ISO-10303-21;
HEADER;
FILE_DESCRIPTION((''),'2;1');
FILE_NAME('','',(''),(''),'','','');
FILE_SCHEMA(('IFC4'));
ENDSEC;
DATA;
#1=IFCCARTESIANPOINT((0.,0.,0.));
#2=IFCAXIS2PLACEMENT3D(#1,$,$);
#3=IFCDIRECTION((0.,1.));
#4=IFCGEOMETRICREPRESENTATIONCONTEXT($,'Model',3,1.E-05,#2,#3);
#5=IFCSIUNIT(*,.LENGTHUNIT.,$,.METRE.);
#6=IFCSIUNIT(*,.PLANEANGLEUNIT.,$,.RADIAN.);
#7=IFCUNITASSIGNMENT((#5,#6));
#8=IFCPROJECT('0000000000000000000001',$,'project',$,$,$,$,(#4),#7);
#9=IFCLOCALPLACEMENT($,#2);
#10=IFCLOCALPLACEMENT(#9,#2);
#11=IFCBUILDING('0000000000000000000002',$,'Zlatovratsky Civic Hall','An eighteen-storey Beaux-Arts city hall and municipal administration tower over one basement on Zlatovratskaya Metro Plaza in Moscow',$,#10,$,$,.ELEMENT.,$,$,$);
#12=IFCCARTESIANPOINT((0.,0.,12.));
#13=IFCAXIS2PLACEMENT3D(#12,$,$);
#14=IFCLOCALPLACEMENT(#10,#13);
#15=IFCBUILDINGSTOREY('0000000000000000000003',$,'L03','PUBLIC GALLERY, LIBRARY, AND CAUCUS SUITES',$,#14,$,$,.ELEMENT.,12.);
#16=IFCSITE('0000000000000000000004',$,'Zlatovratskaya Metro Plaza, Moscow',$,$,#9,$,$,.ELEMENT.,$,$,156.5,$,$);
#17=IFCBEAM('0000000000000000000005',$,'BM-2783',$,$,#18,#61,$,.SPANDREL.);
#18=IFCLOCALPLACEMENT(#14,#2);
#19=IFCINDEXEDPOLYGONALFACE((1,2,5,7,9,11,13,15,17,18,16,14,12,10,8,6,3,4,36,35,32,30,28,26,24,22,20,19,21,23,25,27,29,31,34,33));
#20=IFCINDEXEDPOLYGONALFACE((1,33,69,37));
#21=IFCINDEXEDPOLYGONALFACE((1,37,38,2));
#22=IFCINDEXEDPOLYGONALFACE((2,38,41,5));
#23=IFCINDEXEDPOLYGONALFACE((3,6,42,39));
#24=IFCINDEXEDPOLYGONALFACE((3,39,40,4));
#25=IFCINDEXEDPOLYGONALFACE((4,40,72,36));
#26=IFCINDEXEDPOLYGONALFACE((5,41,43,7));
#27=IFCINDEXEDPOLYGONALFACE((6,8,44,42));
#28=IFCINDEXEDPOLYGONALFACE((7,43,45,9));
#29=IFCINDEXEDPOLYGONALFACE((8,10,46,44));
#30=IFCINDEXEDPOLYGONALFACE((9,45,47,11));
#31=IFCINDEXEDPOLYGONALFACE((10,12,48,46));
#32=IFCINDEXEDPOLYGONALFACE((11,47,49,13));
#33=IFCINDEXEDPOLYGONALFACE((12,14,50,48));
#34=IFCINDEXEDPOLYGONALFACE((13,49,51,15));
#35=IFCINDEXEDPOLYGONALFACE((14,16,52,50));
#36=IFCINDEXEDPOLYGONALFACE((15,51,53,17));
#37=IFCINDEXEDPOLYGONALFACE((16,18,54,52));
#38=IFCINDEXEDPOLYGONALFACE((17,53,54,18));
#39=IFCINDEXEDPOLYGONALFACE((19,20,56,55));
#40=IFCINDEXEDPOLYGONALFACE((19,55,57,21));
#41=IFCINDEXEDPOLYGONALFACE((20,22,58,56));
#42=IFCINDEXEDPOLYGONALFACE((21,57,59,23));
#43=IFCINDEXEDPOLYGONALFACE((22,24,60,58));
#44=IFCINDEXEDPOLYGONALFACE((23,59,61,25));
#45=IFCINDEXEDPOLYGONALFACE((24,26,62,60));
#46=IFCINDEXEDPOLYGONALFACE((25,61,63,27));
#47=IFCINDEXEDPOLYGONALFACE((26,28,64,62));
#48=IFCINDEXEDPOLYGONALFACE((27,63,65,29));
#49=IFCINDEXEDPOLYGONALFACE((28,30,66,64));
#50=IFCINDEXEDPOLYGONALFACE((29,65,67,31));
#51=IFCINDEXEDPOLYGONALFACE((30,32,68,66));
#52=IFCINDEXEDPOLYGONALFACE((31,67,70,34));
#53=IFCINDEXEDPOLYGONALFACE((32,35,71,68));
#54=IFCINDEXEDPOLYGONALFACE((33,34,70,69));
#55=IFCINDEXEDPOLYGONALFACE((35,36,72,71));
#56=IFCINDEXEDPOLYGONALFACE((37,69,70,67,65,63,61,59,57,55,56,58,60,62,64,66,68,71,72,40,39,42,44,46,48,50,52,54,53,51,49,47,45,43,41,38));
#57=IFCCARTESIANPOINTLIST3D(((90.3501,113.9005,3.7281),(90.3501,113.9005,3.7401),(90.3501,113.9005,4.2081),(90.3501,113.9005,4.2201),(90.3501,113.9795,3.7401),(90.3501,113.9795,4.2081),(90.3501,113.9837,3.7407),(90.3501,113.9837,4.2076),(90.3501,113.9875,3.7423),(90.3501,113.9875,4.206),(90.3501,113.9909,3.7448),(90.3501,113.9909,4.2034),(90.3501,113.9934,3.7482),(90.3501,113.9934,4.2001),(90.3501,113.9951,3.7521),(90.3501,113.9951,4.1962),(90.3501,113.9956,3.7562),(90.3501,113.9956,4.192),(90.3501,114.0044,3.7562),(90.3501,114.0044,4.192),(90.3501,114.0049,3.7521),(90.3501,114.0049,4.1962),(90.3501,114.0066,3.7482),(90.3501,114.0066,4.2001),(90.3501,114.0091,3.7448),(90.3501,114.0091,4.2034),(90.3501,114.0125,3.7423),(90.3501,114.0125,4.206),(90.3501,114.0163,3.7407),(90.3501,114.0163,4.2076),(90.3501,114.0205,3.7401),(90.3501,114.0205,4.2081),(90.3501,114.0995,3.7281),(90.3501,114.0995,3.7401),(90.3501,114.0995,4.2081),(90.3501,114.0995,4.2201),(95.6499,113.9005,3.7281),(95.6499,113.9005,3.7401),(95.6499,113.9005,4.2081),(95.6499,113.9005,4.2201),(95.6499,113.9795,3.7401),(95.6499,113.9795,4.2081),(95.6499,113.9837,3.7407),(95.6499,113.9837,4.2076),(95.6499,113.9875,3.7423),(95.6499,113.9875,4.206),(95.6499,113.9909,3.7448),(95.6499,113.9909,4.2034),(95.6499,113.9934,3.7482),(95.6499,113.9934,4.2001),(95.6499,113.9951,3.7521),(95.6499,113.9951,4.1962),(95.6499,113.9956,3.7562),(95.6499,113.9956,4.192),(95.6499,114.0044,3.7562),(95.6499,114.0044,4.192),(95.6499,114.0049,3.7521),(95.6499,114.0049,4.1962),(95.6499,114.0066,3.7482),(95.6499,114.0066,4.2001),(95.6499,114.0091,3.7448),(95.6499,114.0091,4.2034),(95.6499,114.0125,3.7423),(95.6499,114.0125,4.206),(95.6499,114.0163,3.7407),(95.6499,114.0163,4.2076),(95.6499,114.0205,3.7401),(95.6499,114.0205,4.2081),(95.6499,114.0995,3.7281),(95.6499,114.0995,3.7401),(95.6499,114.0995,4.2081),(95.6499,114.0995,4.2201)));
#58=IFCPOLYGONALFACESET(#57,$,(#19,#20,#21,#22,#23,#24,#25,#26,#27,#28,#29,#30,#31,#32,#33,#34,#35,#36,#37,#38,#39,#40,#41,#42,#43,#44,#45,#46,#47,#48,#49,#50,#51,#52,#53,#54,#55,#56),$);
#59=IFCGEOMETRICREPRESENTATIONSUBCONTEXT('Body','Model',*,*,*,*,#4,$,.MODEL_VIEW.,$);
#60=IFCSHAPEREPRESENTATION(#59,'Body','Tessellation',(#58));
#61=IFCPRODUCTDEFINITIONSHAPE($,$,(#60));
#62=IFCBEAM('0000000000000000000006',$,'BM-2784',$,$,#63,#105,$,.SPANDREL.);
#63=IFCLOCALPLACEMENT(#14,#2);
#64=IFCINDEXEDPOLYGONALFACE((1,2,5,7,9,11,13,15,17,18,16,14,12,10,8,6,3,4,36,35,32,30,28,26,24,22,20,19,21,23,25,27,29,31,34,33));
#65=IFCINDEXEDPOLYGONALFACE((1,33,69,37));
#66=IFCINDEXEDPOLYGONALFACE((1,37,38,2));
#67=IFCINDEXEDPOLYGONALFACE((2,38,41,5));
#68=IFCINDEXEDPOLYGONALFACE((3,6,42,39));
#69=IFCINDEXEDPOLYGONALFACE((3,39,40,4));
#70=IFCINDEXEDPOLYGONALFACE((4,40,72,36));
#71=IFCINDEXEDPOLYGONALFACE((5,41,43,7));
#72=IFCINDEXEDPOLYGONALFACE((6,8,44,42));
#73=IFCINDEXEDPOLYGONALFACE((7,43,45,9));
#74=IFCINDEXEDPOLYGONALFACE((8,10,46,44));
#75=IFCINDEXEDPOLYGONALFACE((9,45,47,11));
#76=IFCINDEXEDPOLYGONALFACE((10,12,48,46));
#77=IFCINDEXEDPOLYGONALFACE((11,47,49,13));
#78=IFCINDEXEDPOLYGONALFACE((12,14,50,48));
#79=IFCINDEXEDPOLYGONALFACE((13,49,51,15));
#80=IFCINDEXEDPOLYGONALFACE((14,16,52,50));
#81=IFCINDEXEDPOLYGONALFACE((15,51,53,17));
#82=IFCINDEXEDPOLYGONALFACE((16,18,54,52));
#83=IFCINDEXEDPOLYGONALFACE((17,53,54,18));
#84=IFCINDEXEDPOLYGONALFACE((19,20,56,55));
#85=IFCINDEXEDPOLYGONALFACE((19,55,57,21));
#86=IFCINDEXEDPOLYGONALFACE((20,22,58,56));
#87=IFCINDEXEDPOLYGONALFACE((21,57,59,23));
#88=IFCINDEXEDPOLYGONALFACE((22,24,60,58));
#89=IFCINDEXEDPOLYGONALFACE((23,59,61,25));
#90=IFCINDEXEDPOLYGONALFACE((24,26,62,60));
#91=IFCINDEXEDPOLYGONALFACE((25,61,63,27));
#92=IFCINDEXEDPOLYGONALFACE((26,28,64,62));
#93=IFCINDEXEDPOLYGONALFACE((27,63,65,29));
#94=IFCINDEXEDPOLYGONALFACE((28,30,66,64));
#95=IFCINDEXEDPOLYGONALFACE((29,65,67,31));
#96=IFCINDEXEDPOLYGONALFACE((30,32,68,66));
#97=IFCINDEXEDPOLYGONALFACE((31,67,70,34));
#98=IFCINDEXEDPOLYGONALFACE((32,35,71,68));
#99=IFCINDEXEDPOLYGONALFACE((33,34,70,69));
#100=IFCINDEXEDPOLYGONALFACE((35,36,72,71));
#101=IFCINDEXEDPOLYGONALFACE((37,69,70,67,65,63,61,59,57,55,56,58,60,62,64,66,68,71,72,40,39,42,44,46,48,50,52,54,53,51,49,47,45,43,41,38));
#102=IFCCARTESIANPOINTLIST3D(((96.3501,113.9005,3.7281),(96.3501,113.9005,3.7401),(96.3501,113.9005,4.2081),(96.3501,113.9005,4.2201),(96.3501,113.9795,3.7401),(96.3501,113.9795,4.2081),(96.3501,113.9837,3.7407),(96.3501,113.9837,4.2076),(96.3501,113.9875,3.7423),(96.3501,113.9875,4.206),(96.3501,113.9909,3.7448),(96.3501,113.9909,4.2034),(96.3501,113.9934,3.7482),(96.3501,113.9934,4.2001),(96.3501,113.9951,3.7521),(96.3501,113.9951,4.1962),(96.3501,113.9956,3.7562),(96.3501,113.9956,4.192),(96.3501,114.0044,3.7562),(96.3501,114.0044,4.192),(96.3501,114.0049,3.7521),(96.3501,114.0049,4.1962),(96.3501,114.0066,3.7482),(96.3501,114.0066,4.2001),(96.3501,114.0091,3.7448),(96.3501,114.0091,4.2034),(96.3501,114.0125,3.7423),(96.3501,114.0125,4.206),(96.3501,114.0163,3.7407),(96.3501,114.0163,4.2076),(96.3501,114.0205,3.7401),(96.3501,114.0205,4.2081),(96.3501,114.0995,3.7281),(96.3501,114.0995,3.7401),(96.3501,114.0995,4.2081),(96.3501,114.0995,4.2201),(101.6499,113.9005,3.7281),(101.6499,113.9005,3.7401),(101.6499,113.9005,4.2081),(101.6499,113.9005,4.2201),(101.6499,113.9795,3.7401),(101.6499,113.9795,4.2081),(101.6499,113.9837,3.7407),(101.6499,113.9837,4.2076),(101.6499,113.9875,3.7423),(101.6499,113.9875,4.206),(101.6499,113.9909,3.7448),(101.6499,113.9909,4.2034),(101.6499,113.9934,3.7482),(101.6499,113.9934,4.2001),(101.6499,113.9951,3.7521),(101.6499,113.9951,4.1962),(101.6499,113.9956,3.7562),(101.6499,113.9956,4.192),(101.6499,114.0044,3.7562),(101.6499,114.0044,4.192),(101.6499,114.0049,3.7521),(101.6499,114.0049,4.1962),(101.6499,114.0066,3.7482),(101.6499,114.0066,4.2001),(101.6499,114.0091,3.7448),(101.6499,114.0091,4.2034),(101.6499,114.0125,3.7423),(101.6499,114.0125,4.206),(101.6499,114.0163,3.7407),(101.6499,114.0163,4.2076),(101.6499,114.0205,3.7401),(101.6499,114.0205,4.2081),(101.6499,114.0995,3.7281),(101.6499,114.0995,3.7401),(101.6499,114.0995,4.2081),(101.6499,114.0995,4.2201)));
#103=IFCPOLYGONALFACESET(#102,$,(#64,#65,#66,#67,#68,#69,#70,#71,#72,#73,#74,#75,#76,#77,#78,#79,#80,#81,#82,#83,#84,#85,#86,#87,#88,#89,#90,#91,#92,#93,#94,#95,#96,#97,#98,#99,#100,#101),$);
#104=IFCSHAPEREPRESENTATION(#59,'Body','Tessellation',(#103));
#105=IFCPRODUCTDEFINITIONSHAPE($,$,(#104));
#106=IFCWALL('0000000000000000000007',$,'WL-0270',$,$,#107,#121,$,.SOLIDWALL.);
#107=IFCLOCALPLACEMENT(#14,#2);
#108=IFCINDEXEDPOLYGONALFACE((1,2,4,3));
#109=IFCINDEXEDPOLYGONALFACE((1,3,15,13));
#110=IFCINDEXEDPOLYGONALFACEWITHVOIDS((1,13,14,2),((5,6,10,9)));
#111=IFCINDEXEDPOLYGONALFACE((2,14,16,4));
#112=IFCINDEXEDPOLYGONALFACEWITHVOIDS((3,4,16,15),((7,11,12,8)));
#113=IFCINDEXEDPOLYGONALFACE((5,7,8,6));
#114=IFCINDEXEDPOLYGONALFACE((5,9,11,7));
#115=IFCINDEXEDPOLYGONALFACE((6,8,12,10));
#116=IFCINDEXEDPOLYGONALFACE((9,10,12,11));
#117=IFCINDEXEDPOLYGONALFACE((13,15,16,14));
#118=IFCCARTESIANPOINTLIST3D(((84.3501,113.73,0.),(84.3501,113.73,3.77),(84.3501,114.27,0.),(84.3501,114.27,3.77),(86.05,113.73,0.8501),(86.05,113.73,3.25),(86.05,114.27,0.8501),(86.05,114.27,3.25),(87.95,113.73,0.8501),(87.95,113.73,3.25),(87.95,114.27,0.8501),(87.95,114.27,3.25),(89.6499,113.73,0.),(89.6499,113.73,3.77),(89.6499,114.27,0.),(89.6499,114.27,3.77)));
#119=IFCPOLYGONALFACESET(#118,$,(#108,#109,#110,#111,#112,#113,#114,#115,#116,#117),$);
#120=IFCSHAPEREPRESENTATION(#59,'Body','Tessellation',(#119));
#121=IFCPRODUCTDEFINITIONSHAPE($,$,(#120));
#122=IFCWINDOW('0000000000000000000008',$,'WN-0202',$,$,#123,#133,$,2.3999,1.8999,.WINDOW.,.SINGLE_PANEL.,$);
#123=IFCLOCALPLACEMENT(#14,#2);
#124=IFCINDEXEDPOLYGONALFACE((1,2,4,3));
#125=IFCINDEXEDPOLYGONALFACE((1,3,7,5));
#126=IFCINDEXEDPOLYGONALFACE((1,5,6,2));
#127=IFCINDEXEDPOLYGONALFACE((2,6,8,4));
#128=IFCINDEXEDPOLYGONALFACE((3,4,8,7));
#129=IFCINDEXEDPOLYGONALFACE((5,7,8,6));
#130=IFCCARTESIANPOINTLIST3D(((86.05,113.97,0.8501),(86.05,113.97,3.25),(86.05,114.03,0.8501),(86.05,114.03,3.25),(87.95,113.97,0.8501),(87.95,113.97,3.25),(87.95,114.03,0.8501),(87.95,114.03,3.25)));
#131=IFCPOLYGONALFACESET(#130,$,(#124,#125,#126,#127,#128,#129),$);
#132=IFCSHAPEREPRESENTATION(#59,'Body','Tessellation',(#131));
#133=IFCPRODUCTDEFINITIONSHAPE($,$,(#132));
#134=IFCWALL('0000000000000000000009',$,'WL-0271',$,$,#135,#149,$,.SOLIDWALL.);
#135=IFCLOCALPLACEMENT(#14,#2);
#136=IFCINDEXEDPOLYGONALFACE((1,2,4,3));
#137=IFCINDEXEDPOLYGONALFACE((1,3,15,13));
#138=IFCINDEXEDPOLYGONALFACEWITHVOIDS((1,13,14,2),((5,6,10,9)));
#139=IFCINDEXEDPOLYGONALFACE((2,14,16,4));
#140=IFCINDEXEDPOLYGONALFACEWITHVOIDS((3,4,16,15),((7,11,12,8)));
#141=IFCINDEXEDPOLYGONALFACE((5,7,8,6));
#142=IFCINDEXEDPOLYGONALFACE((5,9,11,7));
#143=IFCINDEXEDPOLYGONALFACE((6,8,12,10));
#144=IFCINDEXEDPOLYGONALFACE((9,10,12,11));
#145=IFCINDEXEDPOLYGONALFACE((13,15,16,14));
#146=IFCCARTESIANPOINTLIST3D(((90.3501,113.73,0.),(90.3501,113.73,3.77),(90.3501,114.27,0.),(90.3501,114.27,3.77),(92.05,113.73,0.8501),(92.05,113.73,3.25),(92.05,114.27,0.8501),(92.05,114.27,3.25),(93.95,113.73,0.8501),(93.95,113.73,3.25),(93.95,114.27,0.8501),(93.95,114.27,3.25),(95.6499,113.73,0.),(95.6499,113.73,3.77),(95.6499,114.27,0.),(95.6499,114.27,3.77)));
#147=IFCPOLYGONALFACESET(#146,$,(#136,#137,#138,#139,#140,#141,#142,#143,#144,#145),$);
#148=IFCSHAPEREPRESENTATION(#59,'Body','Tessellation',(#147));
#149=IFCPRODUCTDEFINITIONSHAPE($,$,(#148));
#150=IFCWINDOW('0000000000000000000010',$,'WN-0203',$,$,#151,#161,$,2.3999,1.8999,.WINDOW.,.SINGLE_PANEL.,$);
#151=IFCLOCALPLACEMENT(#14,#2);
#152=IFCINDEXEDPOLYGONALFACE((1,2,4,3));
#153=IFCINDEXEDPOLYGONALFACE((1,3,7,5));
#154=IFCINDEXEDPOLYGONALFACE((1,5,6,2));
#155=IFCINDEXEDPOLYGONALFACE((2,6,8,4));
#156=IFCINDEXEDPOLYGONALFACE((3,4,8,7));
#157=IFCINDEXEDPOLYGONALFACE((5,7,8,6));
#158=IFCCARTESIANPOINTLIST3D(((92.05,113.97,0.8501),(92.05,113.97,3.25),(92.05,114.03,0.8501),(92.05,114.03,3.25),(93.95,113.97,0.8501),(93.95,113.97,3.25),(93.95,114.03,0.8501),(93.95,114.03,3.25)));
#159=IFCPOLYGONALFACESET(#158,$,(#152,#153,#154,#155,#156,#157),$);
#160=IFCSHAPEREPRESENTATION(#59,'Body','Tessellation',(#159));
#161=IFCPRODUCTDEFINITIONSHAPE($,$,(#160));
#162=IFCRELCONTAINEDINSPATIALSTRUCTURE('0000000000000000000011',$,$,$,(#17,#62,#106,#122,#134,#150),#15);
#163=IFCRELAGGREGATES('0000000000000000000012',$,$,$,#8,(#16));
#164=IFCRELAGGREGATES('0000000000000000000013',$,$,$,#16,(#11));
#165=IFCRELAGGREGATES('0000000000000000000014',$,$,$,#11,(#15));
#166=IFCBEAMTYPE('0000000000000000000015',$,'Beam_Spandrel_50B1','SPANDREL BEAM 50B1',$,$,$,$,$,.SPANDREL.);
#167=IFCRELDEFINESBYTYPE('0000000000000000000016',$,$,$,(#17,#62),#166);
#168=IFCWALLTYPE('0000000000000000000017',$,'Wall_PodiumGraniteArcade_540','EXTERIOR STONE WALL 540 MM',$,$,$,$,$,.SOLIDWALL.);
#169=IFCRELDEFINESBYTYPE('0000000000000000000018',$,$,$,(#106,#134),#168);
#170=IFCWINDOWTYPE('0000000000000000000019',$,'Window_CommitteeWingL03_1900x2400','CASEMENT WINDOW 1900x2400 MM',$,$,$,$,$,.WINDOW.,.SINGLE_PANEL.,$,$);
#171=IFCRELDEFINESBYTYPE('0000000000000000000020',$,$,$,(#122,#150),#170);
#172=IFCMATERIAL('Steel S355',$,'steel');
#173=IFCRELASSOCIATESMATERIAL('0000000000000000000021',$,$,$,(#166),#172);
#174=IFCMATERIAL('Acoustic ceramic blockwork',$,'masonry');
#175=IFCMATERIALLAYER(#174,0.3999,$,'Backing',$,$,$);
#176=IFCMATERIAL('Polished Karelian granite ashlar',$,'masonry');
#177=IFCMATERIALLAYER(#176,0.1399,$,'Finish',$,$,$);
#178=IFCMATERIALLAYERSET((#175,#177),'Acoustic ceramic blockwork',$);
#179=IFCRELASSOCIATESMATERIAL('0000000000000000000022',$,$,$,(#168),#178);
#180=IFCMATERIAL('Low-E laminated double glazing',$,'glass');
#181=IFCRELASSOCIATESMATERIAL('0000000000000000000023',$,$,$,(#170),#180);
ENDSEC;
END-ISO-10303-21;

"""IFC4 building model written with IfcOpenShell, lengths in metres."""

from ifc_helpers import new_model, si_unit, direction, frame, frame_2d, origin, origin_2d, place, context, subcontext, project, spatial, rectangle, i_section, extrude, material, layer, layer_set, material_profile, profile_set, type_object, element, fill, save


model = new_model("IFC4")

# Units and contexts
model_context = context("Model", 3, precision=1e-05, world=origin(), true_north=direction((0.0, 1.0)))
body_context = subcontext(model_context, "Body", "Model", "MODEL_VIEW")
ifc_project = project(units=[si_unit("LENGTHUNIT", "METRE"), si_unit("PLANEANGLEUNIT", "RADIAN")], contexts=[model_context])

# Site, building, storey
site_placement = place(None, origin())
site = spatial("IfcSite", under=ifc_project, at=site_placement, Name="Zlatovratskaya Metro Plaza, Moscow", CompositionType="ELEMENT", RefElevation=156.5)
building_placement = place(site_placement, origin())
building = spatial("IfcBuilding", under=site, at=building_placement, Name="Zlatovratsky Civic Hall", Description="An eighteen-storey Beaux-Arts city hall and municipal administration tower over one basement on Zlatovratskaya Metro Plaza in Moscow", CompositionType="ELEMENT")
storey_placement = place(building_placement, frame((0.0, 0.0, 12.0)))
storey = spatial("IfcBuildingStorey", under=building, at=storey_placement, Name="L03", Description="PUBLIC GALLERY, LIBRARY, AND CAUCUS SUITES", CompositionType="ELEMENT", Elevation=12.0)

# Shared definitions
ifc_material_1 = material(Name="Steel S355", Category="steel")

# Beams
ifc_material_profile_1 = material_profile(ifc_material_1, i_section(OverallWidth=0.199, OverallDepth=0.4919, WebThickness=0.0088, FlangeThickness=0.012, FilletRadius=0.0161, at=origin_2d()), Name="50B1")
ifc_profile_set_1 = profile_set([ifc_material_profile_1], Name="Steel S355")
beam_type_1 = type_object("IfcBeamType", Name="Beam_Spandrel_50B1", Description="SPANDREL BEAM 50B1", PredefinedType="SPANDREL", material=ifc_profile_set_1)
for number, where, z_axis, x_axis, name in (
    (1, (90.3501, 114.0, 3.9741), (1.0, 0.0, 0.0), (0.0, 1.0, 0.0), "BM-2783"),
    (2, (96.3501, 114.0, 3.9741), (1.0, 0.0, 0.0), (0.0, 1.0, 0.0), "BM-2784"),
):
    element("IfcBeam", number, at=place(storey_placement, frame(where, z_axis=z_axis, x_axis=x_axis)), inside=storey, type_object=beam_type_1, Name=name, PredefinedType="SPANDREL", context=body_context, shape_type="SweptSolid", body=[
        extrude(i_section(OverallWidth=0.199, OverallDepth=0.4919, WebThickness=0.0088, FlangeThickness=0.012, FilletRadius=0.0161, at=origin_2d()), origin(), (0.0, 0.0, 1.0), 5.2998),
    ])

# Walls, openings, windows
ifc_material_2 = material(Name="Acoustic ceramic blockwork", Category="masonry")
ifc_layer_1 = layer(ifc_material_2, 0.3999, Name="Backing")
ifc_material_3 = material(Name="Polished Karelian granite ashlar", Category="masonry")
ifc_layer_2 = layer(ifc_material_3, 0.1399, Name="Finish")
ifc_layer_set = layer_set([ifc_layer_1, ifc_layer_2], Name="Acoustic ceramic blockwork")
wall_type = type_object("IfcWallType", Name="Wall_PodiumGraniteArcade_540", Description="EXTERIOR STONE WALL 540 MM", PredefinedType="SOLIDWALL", material=ifc_layer_set)
wall_1_placement = place(storey_placement, frame((84.3501, 114.0, 0.0), z_axis=(0.0, 0.0, 1.0), x_axis=(1.0, 0.0, 0.0)))
wall_1 = element("IfcWall", 3, at=wall_1_placement, inside=storey, type_object=wall_type, Name="WL-0270", PredefinedType="SOLIDWALL", context=body_context, shape_type="SweptSolid", body=[
    extrude(rectangle(XDim=5.2998, YDim=0.54, at=frame_2d((2.6499, 0.0))), origin(), (0.0, 0.0, 1.0), 3.77),
])
opening_1_placement = place(wall_1_placement, frame((1.7, 0.0, 0.8501)))
opening_1 = element("IfcOpeningElement", 4, at=opening_1_placement, cuts=wall_1, PredefinedType="OPENING", context=body_context, shape_type="SweptSolid", body=[
    extrude(rectangle(XDim=1.8999, YDim=2.3999, at=frame_2d((0.95, 1.2))), frame((0.0, 0.2849, 0.0), z_axis=(0.0, -1.0, 0.0), x_axis=(1.0, 0.0, 0.0)), (0.0, 0.0, 1.0), 0.5698),
])
ifc_material_4 = material(Name="Low-E laminated double glazing", Category="glass")
window_type = type_object("IfcWindowType", Name="Window_CommitteeWingL03_1900x2400", Description="CASEMENT WINDOW 1900x2400 MM", PartitioningType="SINGLE_PANEL", PredefinedType="WINDOW", material=ifc_material_4)
window_1_placement = place(opening_1_placement, origin())
window_1 = element("IfcWindow", 5, at=window_1_placement, inside=storey, type_object=window_type, Name="WN-0202", OverallHeight=2.3999, OverallWidth=1.8999, PartitioningType="SINGLE_PANEL", PredefinedType="WINDOW", context=body_context, shape_type="SweptSolid", body=[
    extrude(rectangle(XDim=1.8999, YDim=2.3999, at=frame_2d((0.95, 1.2))), frame((0.0, 0.03, 0.0), z_axis=(0.0, -1.0, 0.0), x_axis=(1.0, 0.0, 0.0)), (0.0, 0.0, 1.0), 0.0601),
])
fill(opening_1, window_1)
wall_2_placement = place(storey_placement, frame((90.3501, 114.0, 0.0), z_axis=(0.0, 0.0, 1.0), x_axis=(1.0, 0.0, 0.0)))
wall_2 = element("IfcWall", 6, at=wall_2_placement, inside=storey, type_object=wall_type, Name="WL-0271", PredefinedType="SOLIDWALL", context=body_context, shape_type="SweptSolid", body=[
    extrude(rectangle(XDim=5.2998, YDim=0.54, at=frame_2d((2.6499, 0.0))), origin(), (0.0, 0.0, 1.0), 3.77),
])
opening_2_placement = place(wall_2_placement, frame((1.7, 0.0, 0.8501)))
opening_2 = element("IfcOpeningElement", 7, at=opening_2_placement, cuts=wall_2, PredefinedType="OPENING", context=body_context, shape_type="SweptSolid", body=[
    extrude(rectangle(XDim=1.8999, YDim=2.3999, at=frame_2d((0.95, 1.2))), frame((0.0, 0.2849, 0.0), z_axis=(0.0, -1.0, 0.0), x_axis=(1.0, 0.0, 0.0)), (0.0, 0.0, 1.0), 0.5698),
])
window_2_placement = place(opening_2_placement, origin())
window_2 = element("IfcWindow", 8, at=window_2_placement, inside=storey, type_object=window_type, Name="WN-0203", OverallHeight=2.3999, OverallWidth=1.8999, PartitioningType="SINGLE_PANEL", PredefinedType="WINDOW", context=body_context, shape_type="SweptSolid", body=[
    extrude(rectangle(XDim=1.8999, YDim=2.3999, at=frame_2d((0.95, 1.2))), frame((0.0, 0.03, 0.0), z_axis=(0.0, -1.0, 0.0), x_axis=(1.0, 0.0, 0.0)), (0.0, 0.0, 1.0), 0.0601),
])
fill(opening_2, window_2)

save(model, "model.ifc")
